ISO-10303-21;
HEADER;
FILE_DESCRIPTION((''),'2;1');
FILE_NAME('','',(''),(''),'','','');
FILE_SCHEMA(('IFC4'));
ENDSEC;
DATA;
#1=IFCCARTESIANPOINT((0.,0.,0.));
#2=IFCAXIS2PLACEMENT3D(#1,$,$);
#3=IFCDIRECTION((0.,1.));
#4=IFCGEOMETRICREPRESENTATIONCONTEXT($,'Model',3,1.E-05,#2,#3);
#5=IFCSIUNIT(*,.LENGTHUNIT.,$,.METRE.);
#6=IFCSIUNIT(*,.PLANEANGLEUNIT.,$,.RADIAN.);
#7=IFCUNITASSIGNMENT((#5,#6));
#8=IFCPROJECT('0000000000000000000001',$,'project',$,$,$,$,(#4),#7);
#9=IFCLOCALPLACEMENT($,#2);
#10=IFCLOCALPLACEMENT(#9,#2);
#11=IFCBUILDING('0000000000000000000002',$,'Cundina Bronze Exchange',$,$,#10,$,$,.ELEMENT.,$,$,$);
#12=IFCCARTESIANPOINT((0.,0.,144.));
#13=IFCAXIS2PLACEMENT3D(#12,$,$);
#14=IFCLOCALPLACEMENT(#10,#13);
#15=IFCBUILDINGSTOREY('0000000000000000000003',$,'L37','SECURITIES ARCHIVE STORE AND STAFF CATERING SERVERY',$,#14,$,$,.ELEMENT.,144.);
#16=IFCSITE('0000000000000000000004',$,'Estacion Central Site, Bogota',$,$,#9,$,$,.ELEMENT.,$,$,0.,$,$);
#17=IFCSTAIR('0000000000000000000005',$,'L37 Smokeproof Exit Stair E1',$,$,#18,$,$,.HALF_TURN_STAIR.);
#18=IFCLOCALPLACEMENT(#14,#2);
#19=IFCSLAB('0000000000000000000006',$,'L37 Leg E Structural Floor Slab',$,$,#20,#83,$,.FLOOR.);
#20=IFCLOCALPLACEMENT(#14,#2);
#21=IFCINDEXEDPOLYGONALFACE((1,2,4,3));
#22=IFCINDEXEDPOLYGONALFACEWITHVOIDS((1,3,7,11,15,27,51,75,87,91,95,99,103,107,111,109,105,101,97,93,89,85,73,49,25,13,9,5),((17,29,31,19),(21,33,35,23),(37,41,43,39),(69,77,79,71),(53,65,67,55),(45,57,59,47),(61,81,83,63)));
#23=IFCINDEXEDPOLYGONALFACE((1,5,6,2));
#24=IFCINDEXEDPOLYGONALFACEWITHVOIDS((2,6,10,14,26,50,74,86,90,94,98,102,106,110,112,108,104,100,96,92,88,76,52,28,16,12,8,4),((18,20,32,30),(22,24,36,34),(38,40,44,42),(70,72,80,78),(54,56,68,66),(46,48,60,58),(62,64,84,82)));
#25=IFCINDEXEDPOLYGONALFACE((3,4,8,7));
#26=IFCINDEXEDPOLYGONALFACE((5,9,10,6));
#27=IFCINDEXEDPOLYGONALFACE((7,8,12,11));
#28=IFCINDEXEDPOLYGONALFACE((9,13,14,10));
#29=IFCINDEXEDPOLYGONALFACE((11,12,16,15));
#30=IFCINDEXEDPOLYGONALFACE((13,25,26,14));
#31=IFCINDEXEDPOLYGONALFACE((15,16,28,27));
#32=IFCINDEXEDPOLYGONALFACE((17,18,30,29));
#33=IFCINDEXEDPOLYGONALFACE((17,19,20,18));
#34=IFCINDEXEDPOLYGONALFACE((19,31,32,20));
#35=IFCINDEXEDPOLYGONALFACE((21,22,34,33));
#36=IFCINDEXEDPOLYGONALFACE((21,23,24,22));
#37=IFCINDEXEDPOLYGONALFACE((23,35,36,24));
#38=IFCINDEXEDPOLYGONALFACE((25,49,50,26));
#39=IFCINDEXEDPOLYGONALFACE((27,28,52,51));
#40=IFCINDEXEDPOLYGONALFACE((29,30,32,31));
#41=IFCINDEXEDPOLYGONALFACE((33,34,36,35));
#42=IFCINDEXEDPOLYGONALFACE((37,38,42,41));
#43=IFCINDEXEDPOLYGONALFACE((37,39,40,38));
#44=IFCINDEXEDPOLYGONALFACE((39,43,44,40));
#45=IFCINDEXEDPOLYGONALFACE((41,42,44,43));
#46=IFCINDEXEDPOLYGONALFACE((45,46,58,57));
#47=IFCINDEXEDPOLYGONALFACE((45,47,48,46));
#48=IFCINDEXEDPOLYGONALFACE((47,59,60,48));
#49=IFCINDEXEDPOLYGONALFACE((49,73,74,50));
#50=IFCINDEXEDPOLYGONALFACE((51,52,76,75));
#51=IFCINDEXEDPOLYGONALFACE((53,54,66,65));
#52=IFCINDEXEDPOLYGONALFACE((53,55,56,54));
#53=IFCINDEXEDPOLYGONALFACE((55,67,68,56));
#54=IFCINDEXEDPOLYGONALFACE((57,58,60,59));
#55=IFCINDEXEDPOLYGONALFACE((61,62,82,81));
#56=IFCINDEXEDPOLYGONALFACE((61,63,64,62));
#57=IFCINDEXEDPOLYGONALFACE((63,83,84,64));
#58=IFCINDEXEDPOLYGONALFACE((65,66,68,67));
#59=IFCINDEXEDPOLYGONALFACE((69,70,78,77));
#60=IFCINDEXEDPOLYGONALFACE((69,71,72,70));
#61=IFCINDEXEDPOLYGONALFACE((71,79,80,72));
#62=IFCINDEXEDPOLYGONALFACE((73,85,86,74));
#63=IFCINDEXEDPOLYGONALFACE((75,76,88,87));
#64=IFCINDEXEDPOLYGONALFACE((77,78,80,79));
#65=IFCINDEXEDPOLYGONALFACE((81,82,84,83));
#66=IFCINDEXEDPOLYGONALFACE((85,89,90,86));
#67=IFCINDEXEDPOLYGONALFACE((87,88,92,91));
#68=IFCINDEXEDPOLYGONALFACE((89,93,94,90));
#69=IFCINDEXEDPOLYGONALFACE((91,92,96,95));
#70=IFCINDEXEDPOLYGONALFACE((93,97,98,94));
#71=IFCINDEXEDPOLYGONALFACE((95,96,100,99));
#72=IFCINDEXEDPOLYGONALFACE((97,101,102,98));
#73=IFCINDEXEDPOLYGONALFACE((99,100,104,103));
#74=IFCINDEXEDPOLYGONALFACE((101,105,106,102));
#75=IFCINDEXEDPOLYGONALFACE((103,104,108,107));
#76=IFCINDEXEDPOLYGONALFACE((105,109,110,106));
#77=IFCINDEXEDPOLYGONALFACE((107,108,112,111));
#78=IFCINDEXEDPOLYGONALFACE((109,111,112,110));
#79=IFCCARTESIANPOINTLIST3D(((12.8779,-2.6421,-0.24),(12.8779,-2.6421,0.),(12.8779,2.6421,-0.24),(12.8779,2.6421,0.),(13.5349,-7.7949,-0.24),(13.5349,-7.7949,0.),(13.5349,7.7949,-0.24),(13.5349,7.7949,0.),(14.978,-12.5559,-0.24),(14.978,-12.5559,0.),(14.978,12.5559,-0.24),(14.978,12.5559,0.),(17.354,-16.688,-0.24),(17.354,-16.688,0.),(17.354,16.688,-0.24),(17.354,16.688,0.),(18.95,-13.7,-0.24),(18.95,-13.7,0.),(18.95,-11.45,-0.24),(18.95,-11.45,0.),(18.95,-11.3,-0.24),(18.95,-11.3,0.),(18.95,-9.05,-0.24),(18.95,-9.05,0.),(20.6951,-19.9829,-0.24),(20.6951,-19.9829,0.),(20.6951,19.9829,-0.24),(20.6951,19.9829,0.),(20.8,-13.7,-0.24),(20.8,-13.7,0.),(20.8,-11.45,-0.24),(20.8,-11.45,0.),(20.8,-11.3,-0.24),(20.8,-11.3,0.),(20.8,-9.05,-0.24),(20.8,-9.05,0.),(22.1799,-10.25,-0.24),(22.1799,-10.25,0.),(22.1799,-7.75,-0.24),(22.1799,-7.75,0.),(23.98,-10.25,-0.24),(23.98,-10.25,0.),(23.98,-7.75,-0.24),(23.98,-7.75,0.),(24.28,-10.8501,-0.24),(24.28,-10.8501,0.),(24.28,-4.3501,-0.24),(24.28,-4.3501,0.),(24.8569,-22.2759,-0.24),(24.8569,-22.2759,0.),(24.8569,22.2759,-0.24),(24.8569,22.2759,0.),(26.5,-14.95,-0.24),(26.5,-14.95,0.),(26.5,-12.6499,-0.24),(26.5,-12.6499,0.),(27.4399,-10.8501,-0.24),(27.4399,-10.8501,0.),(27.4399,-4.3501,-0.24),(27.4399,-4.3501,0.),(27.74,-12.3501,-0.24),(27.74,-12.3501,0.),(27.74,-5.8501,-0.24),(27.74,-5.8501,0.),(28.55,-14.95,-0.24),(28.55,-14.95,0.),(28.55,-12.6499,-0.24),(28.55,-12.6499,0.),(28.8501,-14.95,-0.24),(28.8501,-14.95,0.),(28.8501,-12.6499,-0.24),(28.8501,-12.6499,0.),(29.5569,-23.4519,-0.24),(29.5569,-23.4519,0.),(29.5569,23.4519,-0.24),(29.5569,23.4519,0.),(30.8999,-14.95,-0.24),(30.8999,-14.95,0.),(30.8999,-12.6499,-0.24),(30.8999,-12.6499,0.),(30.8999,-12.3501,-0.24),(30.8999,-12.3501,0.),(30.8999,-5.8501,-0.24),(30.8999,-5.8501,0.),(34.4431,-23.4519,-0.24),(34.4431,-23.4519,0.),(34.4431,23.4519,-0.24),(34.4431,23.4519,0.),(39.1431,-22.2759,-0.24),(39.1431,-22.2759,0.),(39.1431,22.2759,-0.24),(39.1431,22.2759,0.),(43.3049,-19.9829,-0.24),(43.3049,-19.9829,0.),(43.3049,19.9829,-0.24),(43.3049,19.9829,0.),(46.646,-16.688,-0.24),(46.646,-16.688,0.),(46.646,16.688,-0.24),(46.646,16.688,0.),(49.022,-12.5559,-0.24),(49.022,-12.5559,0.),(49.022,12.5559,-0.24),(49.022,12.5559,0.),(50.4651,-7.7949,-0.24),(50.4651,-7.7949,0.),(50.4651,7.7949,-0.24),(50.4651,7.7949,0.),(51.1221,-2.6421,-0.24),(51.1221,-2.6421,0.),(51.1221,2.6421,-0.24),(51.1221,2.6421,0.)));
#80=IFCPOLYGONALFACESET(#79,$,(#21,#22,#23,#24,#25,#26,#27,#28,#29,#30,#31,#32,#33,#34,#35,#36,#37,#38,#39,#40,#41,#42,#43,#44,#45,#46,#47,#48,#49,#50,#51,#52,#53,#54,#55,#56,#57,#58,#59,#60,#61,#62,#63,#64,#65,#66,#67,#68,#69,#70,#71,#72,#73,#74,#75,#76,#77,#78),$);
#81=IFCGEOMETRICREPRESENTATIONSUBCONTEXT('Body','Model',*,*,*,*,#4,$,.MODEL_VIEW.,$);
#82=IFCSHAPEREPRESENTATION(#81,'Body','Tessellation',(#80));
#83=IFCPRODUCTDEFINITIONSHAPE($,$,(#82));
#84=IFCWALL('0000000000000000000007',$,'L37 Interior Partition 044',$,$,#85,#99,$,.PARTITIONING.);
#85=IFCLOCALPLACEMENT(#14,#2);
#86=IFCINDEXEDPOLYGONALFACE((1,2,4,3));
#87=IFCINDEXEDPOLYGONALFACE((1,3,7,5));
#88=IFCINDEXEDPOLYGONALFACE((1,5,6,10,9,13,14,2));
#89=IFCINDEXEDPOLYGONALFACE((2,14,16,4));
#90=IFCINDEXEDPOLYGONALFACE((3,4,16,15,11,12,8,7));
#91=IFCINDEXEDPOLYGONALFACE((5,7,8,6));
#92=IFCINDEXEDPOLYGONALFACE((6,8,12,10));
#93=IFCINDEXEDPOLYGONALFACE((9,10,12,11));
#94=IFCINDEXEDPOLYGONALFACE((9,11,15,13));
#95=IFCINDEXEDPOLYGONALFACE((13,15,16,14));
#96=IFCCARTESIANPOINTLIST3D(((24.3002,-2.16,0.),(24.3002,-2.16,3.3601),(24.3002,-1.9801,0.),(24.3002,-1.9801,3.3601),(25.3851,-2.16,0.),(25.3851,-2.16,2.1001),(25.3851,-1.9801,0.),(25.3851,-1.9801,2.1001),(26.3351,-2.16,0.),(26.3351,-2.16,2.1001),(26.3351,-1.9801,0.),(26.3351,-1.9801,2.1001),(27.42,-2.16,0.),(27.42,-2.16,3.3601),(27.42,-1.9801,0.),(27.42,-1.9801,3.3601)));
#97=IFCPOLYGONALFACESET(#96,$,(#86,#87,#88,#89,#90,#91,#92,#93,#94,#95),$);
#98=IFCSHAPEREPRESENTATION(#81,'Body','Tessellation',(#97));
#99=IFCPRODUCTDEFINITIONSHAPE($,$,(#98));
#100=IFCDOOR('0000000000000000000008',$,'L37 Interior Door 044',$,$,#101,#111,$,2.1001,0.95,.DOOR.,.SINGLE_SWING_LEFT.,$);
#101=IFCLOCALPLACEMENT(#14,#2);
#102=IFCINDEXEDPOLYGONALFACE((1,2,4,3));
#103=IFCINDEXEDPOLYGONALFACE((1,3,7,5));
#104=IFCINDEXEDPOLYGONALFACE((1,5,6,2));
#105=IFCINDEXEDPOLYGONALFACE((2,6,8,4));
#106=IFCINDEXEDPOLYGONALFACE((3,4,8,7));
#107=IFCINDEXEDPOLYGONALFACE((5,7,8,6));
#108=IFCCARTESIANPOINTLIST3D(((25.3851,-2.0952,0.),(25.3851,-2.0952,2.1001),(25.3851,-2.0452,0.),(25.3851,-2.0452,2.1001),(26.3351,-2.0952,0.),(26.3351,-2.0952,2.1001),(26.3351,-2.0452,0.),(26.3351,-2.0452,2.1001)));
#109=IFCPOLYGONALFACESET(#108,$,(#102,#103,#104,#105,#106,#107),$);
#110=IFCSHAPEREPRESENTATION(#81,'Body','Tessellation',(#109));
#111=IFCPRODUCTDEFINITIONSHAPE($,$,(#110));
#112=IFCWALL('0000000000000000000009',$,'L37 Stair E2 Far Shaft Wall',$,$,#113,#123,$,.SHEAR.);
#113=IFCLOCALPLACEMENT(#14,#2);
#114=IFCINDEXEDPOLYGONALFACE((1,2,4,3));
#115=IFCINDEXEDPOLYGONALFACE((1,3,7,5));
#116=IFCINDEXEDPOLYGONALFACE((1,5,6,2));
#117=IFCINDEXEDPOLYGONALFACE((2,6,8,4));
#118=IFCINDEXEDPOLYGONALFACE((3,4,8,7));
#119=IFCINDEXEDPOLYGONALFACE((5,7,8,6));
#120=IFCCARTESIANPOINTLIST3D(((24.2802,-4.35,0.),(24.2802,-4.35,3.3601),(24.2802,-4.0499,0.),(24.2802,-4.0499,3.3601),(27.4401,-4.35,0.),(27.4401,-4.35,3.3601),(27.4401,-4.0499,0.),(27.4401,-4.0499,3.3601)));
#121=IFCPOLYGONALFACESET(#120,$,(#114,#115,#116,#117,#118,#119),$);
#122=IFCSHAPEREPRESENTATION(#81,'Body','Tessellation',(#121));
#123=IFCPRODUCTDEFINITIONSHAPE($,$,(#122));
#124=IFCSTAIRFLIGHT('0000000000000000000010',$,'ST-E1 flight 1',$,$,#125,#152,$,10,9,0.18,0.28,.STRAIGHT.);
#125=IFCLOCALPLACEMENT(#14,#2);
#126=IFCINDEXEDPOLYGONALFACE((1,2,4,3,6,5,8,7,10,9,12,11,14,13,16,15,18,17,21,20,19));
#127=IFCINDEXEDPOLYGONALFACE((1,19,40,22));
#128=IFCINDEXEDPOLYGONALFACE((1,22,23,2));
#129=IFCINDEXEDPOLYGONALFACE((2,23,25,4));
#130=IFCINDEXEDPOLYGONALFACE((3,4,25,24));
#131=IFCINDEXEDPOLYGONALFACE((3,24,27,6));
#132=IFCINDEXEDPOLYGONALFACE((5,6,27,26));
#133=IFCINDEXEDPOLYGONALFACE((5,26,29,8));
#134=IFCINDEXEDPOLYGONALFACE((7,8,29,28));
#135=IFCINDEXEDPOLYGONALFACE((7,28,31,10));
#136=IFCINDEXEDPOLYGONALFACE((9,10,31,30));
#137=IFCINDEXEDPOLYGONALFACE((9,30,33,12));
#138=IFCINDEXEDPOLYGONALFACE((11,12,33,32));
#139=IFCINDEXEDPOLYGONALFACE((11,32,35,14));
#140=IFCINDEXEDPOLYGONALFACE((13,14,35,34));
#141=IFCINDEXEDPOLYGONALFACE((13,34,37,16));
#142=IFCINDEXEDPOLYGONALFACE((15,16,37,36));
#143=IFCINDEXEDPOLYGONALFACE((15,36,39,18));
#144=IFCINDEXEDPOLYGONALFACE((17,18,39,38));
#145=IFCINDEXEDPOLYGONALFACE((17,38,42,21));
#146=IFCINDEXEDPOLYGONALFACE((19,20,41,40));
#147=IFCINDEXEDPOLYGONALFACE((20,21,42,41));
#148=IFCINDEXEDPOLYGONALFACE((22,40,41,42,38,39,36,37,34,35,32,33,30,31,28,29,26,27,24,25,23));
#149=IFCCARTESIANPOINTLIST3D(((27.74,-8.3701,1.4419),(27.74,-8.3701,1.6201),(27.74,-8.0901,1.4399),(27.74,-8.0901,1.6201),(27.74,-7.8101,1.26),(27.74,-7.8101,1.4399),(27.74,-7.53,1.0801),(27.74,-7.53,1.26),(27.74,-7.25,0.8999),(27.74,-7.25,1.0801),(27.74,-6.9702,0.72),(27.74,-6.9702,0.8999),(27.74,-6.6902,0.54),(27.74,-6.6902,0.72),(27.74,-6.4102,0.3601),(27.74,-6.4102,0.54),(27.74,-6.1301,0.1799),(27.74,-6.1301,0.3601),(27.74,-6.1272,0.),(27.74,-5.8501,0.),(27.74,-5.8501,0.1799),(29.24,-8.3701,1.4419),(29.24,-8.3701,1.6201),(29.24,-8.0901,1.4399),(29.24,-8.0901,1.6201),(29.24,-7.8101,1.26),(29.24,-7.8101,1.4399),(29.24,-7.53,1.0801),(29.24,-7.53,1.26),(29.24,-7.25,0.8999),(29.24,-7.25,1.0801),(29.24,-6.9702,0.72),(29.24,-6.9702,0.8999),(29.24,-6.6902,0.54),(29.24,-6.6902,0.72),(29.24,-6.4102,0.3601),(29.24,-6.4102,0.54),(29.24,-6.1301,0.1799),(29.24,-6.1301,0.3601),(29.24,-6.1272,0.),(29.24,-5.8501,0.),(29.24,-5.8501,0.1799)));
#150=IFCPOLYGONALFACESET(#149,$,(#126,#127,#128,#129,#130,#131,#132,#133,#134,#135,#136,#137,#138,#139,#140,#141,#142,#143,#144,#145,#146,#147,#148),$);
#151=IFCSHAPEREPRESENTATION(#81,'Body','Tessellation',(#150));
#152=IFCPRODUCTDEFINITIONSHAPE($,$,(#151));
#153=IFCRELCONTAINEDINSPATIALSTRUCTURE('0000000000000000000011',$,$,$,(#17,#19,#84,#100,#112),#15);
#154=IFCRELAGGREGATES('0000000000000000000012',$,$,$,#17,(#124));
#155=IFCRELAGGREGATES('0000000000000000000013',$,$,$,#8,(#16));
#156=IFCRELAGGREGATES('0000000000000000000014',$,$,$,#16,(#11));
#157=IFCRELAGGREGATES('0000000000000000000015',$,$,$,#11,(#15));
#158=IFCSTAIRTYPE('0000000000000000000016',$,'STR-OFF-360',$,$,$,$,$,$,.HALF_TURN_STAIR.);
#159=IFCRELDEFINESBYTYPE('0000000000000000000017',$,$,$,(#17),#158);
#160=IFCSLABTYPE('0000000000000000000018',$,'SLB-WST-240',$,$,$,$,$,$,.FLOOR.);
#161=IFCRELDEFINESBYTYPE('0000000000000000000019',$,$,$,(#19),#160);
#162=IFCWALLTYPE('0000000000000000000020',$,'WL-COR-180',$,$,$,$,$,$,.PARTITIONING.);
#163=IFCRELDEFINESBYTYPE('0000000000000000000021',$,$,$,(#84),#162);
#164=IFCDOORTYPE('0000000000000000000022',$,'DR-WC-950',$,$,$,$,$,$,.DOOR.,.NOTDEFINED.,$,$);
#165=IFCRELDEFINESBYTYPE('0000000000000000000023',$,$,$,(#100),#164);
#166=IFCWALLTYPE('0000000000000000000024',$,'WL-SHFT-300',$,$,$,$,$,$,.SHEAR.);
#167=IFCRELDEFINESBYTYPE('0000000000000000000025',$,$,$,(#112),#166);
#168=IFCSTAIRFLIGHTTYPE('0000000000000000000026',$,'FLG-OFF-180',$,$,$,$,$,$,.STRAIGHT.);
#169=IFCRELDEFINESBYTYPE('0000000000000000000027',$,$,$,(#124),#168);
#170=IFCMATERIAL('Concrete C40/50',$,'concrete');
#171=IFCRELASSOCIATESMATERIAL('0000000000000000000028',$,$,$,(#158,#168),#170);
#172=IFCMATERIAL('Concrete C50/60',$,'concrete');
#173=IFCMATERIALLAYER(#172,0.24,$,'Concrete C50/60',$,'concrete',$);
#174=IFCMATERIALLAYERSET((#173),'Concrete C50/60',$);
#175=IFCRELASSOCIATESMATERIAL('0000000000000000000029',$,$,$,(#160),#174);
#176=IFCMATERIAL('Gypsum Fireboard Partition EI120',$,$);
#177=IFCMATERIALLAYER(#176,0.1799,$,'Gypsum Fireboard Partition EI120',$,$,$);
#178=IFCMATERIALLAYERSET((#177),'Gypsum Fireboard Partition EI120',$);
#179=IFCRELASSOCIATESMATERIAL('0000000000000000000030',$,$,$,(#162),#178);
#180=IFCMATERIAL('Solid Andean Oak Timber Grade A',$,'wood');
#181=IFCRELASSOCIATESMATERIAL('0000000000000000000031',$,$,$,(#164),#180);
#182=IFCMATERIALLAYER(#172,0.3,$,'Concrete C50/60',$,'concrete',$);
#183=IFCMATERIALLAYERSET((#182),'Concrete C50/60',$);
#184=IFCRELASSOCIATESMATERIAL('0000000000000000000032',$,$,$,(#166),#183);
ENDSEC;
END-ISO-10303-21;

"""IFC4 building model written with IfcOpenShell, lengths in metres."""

from ifc_helpers import new_model, si_unit, direction, frame, frame_2d, origin, place, context, subcontext, project, spatial, polyline, rectangle, outline, extrude, material, layer, layer_set, type_object, element, fill, aggregate, save


model = new_model("IFC4")

# Units and contexts
model_context = context("Model", 3, precision=1e-05, world=origin(), true_north=direction((0.0, 1.0)))
body_context = subcontext(model_context, "Body", "Model", "MODEL_VIEW")
ifc_project = project(units=[si_unit("LENGTHUNIT", "METRE"), si_unit("PLANEANGLEUNIT", "RADIAN")], contexts=[model_context])

# Site, building, storey
site_placement = place(None, origin())
site = spatial("IfcSite", under=ifc_project, at=site_placement, Name="Estacion Central Site, Bogota", CompositionType="ELEMENT", RefElevation=0.0)
building_placement = place(site_placement, origin())
building = spatial("IfcBuilding", under=site, at=building_placement, Name="Cundina Bronze Exchange", CompositionType="ELEMENT")
storey_placement = place(building_placement, frame((0.0, 0.0, 144.0)))
storey = spatial("IfcBuildingStorey", under=building, at=storey_placement, Name="L37", Description="SECURITIES ARCHIVE STORE AND STAFF CATERING SERVERY", CompositionType="ELEMENT", Elevation=144.0)

# Shared definitions
ifc_material_1 = material(Name="Concrete C50/60", Category="concrete")

# Stair
ifc_material_2 = material(Name="Concrete C40/50", Category="concrete")
stair_type = type_object("IfcStairType", Name="STR-OFF-360", PredefinedType="HALF_TURN_STAIR", material=ifc_material_2)
stair_1_placement = place(storey_placement, origin())
stair_1 = element("IfcStair", 1, at=stair_1_placement, inside=storey, type_object=stair_type, Name="L37 Smokeproof Exit Stair E1", PredefinedType="HALF_TURN_STAIR")

# Slab
ifc_layer_1 = layer(ifc_material_1, 0.24, Name="Concrete C50/60", Category="concrete")
ifc_layer_set_1 = layer_set([ifc_layer_1], Name="Concrete C50/60")
slab_type_1 = type_object("IfcSlabType", Name="SLB-WST-240", PredefinedType="FLOOR", material=ifc_layer_set_1)
slab_1_placement = place(storey_placement, frame((0.0, 0.0, -0.24)))
element("IfcSlab", 2, at=slab_1_placement, inside=storey, type_object=slab_type_1, Name="L37 Leg E Structural Floor Slab", PredefinedType="FLOOR", context=body_context, shape_type="SweptSolid", body=[
    extrude(outline(polyline([(51.1221, 2.6421), (50.4651, 7.7949), (49.022, 12.5559), (46.646, 16.688), (43.3049, 19.9829), (39.1431, 22.2759), (34.4431, 23.4519), (29.5569, 23.4519), (24.8569, 22.2759), (20.6951, 19.9829), (17.354, 16.688), (14.978, 12.5559), (13.5349, 7.7949), (12.8779, 2.6421), (12.8779, -2.6421), (13.5349, -7.7949), (14.978, -12.5559), (17.354, -16.688), (20.6951, -19.9829), (24.8569, -22.2759), (29.5569, -23.4519), (34.4431, -23.4519), (39.1431, -22.2759), (43.3049, -19.9829), (46.646, -16.688), (49.022, -12.5559), (50.4651, -7.7949), (51.1221, -2.6421), (51.1221, 2.6421)]), holes=[polyline([(27.74, -5.8501), (27.74, -12.3501), (30.8999, -12.3501), (30.8999, -5.8501), (27.74, -5.8501)]), polyline([(27.4399, -10.8501), (27.4399, -4.3501), (24.28, -4.3501), (24.28, -10.8501), (27.4399, -10.8501)]), polyline([(22.1799, -7.75), (23.98, -7.75), (23.98, -10.25), (22.1799, -10.25), (22.1799, -7.75)]), polyline([(28.8501, -12.6499), (30.8999, -12.6499), (30.8999, -14.95), (28.8501, -14.95), (28.8501, -12.6499)]), polyline([(26.5, -12.6499), (28.55, -12.6499), (28.55, -14.95), (26.5, -14.95), (26.5, -12.6499)]), polyline([(18.95, -11.45), (20.8, -11.45), (20.8, -13.7), (18.95, -13.7), (18.95, -11.45)]), polyline([(18.95, -9.05), (20.8, -9.05), (20.8, -11.3), (18.95, -11.3), (18.95, -9.05)])]), origin(), (0.0, 0.0, 1.0), 0.24),
])

# Wall, opening, door
ifc_material_3 = material(Name="Gypsum Fireboard Partition EI120")
ifc_layer_2 = layer(ifc_material_3, 0.1799, Name="Gypsum Fireboard Partition EI120")
ifc_layer_set_2 = layer_set([ifc_layer_2], Name="Gypsum Fireboard Partition EI120")
wall_type_1 = type_object("IfcWallType", Name="WL-COR-180", PredefinedType="PARTITIONING", material=ifc_layer_set_2)
wall_1_placement = place(storey_placement, frame((24.3, -2.0701, 0.0), z_axis=(0.0, 0.0, 1.0), x_axis=(1.0, 0.0, 0.0)))
wall_1 = element("IfcWall", 3, at=wall_1_placement, inside=storey, type_object=wall_type_1, Name="L37 Interior Partition 044", PredefinedType="PARTITIONING", context=body_context, shape_type="SweptSolid", body=[
    extrude(rectangle(XDim=3.1199, YDim=0.1799, at=frame_2d((1.5601, 0.0))), origin(), (0.0, 0.0, 1.0), 3.3601),
])
opening_1_placement = place(wall_1_placement, frame((1.085, 0.0, 0.0)))
opening_1 = element("IfcOpeningElement", 4, at=opening_1_placement, cuts=wall_1, PredefinedType="OPENING", context=body_context, shape_type="SweptSolid", body=[
    extrude(rectangle(XDim=0.95, YDim=2.1001, at=frame_2d((0.4751, 1.05))), frame((0.0, 0.0999, 0.0), z_axis=(0.0, -1.0, 0.0), x_axis=(1.0, 0.0, 0.0)), (0.0, 0.0, 1.0), 0.2),
])
ifc_material_4 = material(Name="Solid Andean Oak Timber Grade A", Category="wood")
door_type_1 = type_object("IfcDoorType", Name="DR-WC-950", OperationType="NOTDEFINED", PredefinedType="DOOR", material=ifc_material_4)
door_1_placement = place(opening_1_placement, origin())
door_1 = element("IfcDoor", 5, at=door_1_placement, inside=storey, type_object=door_type_1, Name="L37 Interior Door 044", OperationType="SINGLE_SWING_LEFT", OverallHeight=2.1001, OverallWidth=0.95, PredefinedType="DOOR", context=body_context, shape_type="SweptSolid", body=[
    extrude(rectangle(XDim=0.95, YDim=2.1001, at=frame_2d((0.4751, 1.05))), frame((0.0, 0.0249, 0.0), z_axis=(0.0, -1.0, 0.0), x_axis=(1.0, 0.0, 0.0)), (0.0, 0.0, 1.0), 0.05),
])
fill(opening_1, door_1)
ifc_layer_3 = layer(ifc_material_1, 0.3, Name="Concrete C50/60", Category="concrete")
ifc_layer_set_3 = layer_set([ifc_layer_3], Name="Concrete C50/60")
wall_type_2 = type_object("IfcWallType", Name="WL-SHFT-300", PredefinedType="SHEAR", material=ifc_layer_set_3)

# Wall
wall_2_placement = place(storey_placement, frame((24.28, -4.2, 0.0), z_axis=(0.0, 0.0, 1.0), x_axis=(1.0, 0.0, 0.0)))
element("IfcWall", 6, at=wall_2_placement, inside=storey, type_object=wall_type_2, Name="L37 Stair E2 Far Shaft Wall", PredefinedType="SHEAR", context=body_context, shape_type="SweptSolid", body=[
    extrude(rectangle(XDim=3.1599, YDim=0.3, at=frame_2d((1.5801, 0.0))), origin(), (0.0, 0.0, 1.0), 3.3601),
])

# Stair flight
stair_flight_type = type_object("IfcStairFlightType", Name="FLG-OFF-180", PredefinedType="STRAIGHT", material=ifc_material_2)
stair_flight_placement = place(storey_placement, frame((28.49, -5.8501, 0.0), z_axis=(0.0, 0.0, 1.0), x_axis=(0.0, -1.0, 0.0)))
stair_flight = element("IfcStairFlight", 7, at=stair_flight_placement, type_object=stair_flight_type, Name="ST-E1 flight 1", NumberOfRisers=10, NumberOfTreads=9, PredefinedType="STRAIGHT", RiserHeight=0.18, TreadLength=0.28, context=body_context, shape_type="SweptSolid", body=[
    extrude(outline(polyline([(0.0, 0.0), (0.0, 0.1799), (0.28, 0.1799), (0.28, 0.3601), (0.5601, 0.3601), (0.5601, 0.54), (0.8401, 0.54), (0.8401, 0.72), (1.1201, 0.72), (1.1201, 0.8999), (1.3999, 0.8999), (1.3999, 1.0801), (1.6799, 1.0801), (1.6799, 1.26), (1.96, 1.26), (1.96, 1.4399), (2.24, 1.4399), (2.24, 1.6201), (2.52, 1.6201), (2.52, 1.8), (2.52, 1.4419), (0.2771, 0.0), (0.0, 0.0)])), frame((0.0, 0.75, 0.0), z_axis=(0.0, -1.0, 0.0), x_axis=(1.0, 0.0, 0.0)), (0.0, 0.0, 1.0), 1.5),
])
aggregate(stair_1, [stair_flight])

save(model, "model.ifc")
